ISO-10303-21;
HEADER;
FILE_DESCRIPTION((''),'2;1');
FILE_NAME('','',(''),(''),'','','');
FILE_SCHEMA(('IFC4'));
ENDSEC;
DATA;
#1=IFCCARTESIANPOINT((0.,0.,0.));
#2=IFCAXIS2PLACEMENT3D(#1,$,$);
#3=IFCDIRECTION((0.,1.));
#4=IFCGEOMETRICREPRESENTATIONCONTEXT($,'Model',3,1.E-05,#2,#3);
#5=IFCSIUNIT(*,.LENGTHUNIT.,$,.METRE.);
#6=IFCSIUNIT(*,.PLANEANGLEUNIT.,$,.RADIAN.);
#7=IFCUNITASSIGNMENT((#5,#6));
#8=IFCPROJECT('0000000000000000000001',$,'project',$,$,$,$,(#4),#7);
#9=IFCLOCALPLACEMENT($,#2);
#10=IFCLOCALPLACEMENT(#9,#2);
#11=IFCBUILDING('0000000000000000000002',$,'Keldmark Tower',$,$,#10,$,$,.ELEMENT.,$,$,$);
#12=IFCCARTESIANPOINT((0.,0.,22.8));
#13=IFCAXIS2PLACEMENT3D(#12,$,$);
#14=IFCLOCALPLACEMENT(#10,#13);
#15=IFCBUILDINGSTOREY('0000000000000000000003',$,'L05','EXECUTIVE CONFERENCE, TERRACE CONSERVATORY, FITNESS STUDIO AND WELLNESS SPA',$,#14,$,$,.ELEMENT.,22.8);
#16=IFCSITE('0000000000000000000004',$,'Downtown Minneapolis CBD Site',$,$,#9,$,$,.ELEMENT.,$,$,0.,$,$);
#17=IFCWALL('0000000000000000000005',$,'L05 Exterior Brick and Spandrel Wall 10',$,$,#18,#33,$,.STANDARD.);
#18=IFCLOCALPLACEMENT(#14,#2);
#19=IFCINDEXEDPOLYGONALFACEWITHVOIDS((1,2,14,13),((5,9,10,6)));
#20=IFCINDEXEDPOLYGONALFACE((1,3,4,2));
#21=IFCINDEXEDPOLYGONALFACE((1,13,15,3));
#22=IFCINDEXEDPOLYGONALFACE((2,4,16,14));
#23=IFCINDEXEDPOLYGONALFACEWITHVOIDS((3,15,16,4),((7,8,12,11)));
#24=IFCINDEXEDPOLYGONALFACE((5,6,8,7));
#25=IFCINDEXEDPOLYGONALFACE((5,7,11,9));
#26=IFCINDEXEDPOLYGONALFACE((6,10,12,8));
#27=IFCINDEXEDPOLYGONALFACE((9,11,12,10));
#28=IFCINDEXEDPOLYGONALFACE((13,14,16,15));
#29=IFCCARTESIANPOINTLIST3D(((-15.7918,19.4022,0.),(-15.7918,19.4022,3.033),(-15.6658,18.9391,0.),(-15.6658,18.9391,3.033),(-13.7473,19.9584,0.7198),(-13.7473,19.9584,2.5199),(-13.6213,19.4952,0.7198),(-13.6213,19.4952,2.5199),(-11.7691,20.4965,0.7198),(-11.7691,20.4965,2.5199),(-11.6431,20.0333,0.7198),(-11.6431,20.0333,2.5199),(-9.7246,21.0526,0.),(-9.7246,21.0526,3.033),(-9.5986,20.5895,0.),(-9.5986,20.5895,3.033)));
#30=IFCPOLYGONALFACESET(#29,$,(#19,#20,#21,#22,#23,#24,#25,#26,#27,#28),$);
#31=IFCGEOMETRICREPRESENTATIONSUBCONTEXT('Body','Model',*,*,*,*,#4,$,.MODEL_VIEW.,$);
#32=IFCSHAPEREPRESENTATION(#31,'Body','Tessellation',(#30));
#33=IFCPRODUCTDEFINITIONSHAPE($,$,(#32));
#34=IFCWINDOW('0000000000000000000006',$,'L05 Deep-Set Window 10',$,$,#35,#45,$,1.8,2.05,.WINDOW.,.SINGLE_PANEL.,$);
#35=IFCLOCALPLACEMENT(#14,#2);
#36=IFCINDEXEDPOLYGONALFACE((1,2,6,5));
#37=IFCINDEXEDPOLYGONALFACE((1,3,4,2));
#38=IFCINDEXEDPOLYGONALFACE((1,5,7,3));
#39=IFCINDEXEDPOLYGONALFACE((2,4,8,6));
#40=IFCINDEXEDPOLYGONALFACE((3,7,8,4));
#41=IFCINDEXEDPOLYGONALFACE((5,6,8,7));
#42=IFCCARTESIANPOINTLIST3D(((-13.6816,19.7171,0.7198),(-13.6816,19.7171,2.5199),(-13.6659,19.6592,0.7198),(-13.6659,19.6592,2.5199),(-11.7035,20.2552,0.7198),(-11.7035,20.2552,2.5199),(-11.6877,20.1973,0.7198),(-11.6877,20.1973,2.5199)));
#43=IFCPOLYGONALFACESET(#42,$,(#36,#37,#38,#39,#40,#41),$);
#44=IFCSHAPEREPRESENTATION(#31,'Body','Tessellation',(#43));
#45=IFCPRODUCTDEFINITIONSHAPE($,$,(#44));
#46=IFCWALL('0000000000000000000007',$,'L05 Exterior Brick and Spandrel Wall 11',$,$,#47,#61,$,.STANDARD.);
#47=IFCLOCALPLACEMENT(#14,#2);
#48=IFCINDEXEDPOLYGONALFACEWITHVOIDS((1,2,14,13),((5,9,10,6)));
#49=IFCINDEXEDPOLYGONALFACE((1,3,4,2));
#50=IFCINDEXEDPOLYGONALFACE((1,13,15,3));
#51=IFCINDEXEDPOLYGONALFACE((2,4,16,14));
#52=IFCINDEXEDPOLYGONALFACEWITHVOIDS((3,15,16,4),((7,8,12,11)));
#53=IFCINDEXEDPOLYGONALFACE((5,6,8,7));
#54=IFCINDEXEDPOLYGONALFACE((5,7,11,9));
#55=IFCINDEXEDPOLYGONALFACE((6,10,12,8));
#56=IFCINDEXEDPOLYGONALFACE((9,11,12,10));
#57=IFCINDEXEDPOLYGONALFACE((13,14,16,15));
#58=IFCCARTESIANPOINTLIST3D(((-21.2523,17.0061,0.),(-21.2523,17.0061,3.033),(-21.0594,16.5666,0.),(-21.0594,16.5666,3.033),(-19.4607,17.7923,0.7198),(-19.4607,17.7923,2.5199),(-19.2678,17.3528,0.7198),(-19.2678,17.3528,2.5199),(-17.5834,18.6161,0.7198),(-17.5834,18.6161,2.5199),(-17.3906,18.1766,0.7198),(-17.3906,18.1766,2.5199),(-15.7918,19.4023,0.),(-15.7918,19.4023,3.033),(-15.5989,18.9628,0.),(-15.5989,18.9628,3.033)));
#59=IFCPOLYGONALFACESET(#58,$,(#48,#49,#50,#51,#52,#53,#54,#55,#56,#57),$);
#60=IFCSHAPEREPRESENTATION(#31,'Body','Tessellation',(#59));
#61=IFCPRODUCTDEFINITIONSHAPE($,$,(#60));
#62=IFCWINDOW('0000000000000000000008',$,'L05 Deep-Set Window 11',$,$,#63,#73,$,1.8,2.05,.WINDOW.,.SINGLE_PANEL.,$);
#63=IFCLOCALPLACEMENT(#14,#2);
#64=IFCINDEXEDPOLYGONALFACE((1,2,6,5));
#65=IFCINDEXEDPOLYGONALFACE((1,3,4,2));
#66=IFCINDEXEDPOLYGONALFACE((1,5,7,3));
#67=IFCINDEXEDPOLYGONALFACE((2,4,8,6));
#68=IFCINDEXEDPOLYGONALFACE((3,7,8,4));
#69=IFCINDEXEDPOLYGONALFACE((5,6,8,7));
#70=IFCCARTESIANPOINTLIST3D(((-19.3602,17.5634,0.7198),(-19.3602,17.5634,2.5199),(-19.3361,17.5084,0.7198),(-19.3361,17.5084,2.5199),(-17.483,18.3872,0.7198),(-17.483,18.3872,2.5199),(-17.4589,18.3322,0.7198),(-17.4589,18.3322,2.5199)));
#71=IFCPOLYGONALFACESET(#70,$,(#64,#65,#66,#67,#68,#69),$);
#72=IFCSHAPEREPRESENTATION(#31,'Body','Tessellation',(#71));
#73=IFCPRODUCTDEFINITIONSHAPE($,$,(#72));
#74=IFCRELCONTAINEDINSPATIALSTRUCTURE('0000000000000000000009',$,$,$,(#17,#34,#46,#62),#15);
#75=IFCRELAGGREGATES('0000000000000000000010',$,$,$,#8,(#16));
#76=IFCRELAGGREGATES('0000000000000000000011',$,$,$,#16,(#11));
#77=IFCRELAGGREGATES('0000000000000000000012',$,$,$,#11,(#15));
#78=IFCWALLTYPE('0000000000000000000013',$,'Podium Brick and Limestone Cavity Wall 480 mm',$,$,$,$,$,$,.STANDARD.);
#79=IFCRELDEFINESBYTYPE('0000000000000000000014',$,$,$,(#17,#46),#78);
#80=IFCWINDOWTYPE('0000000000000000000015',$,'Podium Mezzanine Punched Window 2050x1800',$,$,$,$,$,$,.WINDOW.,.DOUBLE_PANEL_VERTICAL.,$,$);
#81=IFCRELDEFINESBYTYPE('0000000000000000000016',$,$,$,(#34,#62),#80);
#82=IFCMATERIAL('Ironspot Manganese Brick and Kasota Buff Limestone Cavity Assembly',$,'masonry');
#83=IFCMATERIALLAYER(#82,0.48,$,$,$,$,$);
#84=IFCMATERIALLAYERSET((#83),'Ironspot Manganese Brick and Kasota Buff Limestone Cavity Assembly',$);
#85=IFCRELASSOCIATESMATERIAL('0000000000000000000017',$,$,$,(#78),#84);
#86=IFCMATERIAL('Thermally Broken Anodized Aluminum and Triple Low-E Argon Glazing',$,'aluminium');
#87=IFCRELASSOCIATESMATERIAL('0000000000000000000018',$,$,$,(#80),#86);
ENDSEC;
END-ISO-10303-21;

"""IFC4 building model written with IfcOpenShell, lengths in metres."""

from ifc_helpers import new_model, si_unit, direction, frame, frame_2d, origin, place, context, subcontext, project, spatial, rectangle, extrude, material, layer, layer_set, type_object, element, fill, save


model = new_model("IFC4")

# Units and contexts
model_context = context("Model", 3, precision=1e-05, world=origin(), true_north=direction((0.0, 1.0)))
body_context = subcontext(model_context, "Body", "Model", "MODEL_VIEW")
ifc_project = project(units=[si_unit("LENGTHUNIT", "METRE"), si_unit("PLANEANGLEUNIT", "RADIAN")], contexts=[model_context])

# Site, building, storey
site_placement = place(None, origin())
site = spatial("IfcSite", under=ifc_project, at=site_placement, Name="Downtown Minneapolis CBD Site", CompositionType="ELEMENT", RefElevation=0.0)
building_placement = place(site_placement, origin())
building = spatial("IfcBuilding", under=site, at=building_placement, Name="Keldmark Tower", CompositionType="ELEMENT")
storey_placement = place(building_placement, frame((0.0, 0.0, 22.8)))
storey = spatial("IfcBuildingStorey", under=building, at=storey_placement, Name="L05", Description="EXECUTIVE CONFERENCE, TERRACE CONSERVATORY, FITNESS STUDIO AND WELLNESS SPA", CompositionType="ELEMENT", Elevation=22.8)

# Walls, openings, windows
ifc_material_1 = material(Name="Ironspot Manganese Brick and Kasota Buff Limestone Cavity Assembly", Category="masonry")
ifc_layer_1 = layer(ifc_material_1, 0.48)
ifc_layer_set_1 = layer_set([ifc_layer_1], Name="Ironspot Manganese Brick and Kasota Buff Limestone Cavity Assembly")
wall_type_1 = type_object("IfcWallType", Name="Podium Brick and Limestone Cavity Wall 480 mm", PredefinedType="STANDARD", material=ifc_layer_set_1)
wall_1_placement = place(storey_placement, frame((-15.7288, 19.1707, 0.0), z_axis=(0.0, 0.0, 1.0), x_axis=(0.964937, 0.262483, 0.0)))
wall_1 = element("IfcWall", 1, at=wall_1_placement, inside=storey, type_object=wall_type_1, Name="L05 Exterior Brick and Spandrel Wall 10", PredefinedType="STANDARD", context=body_context, shape_type="SweptSolid", body=[
    extrude(rectangle(XDim=6.2876, YDim=0.48, at=frame_2d((3.1438, 0.0))), origin(), (0.0, 0.0, 1.0), 3.033),
])
opening_1_placement = place(wall_1_placement, frame((2.1189, 0.0, 0.72)))
opening_1 = element("IfcOpeningElement", 2, at=opening_1_placement, cuts=wall_1, PredefinedType="OPENING", context=body_context, shape_type="SweptSolid", body=[
    extrude(rectangle(XDim=2.05, YDim=1.8, at=frame_2d((1.0249, 0.8999))), frame((0.0, 0.25, 0.0), z_axis=(0.0, -1.0, 0.0), x_axis=(1.0, 0.0, 0.0)), (0.0, 0.0, 1.0), 0.5),
])
ifc_material_2 = material(Name="Thermally Broken Anodized Aluminum and Triple Low-E Argon Glazing", Category="aluminium")
window_type = type_object("IfcWindowType", Name="Podium Mezzanine Punched Window 2050x1800", PartitioningType="DOUBLE_PANEL_VERTICAL", PredefinedType="WINDOW", material=ifc_material_2)
window_1_placement = place(opening_1_placement, origin())
window_1 = element("IfcWindow", 3, at=window_1_placement, inside=storey, type_object=window_type, Name="L05 Deep-Set Window 10", OverallHeight=1.8, OverallWidth=2.05, PartitioningType="SINGLE_PANEL", PredefinedType="WINDOW", context=body_context, shape_type="SweptSolid", body=[
    extrude(rectangle(XDim=2.05, YDim=1.8, at=frame_2d((1.0249, 0.8999))), frame((0.0, -0.01, 0.0), z_axis=(0.0, -1.0, 0.0), x_axis=(1.0, 0.0, 0.0)), (0.0, 0.0, 1.0), 0.0601),
])
fill(opening_1, window_1)
wall_2_placement = place(storey_placement, frame((-21.1558, 16.7864, 0.0), z_axis=(0.0, 0.0, 1.0), x_axis=(0.915708, 0.401845, 0.0)))
wall_2 = element("IfcWall", 4, at=wall_2_placement, inside=storey, type_object=wall_type_1, Name="L05 Exterior Brick and Spandrel Wall 11", PredefinedType="STANDARD", context=body_context, shape_type="SweptSolid", body=[
    extrude(rectangle(XDim=5.9631, YDim=0.48, at=frame_2d((2.9814, 0.0))), origin(), (0.0, 0.0, 1.0), 3.033),
])
opening_2_placement = place(wall_2_placement, frame((1.9565, 0.0, 0.72)))
opening_2 = element("IfcOpeningElement", 5, at=opening_2_placement, cuts=wall_2, PredefinedType="OPENING", context=body_context, shape_type="SweptSolid", body=[
    extrude(rectangle(XDim=2.05, YDim=1.8, at=frame_2d((1.0249, 0.8999))), frame((0.0, 0.25, 0.0), z_axis=(0.0, -1.0, 0.0), x_axis=(1.0, 0.0, 0.0)), (0.0, 0.0, 1.0), 0.5),
])
window_2_placement = place(opening_2_placement, origin())
window_2 = element("IfcWindow", 6, at=window_2_placement, inside=storey, type_object=window_type, Name="L05 Deep-Set Window 11", OverallHeight=1.8, OverallWidth=2.05, PartitioningType="SINGLE_PANEL", PredefinedType="WINDOW", context=body_context, shape_type="SweptSolid", body=[
    extrude(rectangle(XDim=2.05, YDim=1.8, at=frame_2d((1.0249, 0.8999))), frame((0.0, -0.01, 0.0), z_axis=(0.0, -1.0, 0.0), x_axis=(1.0, 0.0, 0.0)), (0.0, 0.0, 1.0), 0.0601),
])
fill(opening_2, window_2)

save(model, "model.ifc")
